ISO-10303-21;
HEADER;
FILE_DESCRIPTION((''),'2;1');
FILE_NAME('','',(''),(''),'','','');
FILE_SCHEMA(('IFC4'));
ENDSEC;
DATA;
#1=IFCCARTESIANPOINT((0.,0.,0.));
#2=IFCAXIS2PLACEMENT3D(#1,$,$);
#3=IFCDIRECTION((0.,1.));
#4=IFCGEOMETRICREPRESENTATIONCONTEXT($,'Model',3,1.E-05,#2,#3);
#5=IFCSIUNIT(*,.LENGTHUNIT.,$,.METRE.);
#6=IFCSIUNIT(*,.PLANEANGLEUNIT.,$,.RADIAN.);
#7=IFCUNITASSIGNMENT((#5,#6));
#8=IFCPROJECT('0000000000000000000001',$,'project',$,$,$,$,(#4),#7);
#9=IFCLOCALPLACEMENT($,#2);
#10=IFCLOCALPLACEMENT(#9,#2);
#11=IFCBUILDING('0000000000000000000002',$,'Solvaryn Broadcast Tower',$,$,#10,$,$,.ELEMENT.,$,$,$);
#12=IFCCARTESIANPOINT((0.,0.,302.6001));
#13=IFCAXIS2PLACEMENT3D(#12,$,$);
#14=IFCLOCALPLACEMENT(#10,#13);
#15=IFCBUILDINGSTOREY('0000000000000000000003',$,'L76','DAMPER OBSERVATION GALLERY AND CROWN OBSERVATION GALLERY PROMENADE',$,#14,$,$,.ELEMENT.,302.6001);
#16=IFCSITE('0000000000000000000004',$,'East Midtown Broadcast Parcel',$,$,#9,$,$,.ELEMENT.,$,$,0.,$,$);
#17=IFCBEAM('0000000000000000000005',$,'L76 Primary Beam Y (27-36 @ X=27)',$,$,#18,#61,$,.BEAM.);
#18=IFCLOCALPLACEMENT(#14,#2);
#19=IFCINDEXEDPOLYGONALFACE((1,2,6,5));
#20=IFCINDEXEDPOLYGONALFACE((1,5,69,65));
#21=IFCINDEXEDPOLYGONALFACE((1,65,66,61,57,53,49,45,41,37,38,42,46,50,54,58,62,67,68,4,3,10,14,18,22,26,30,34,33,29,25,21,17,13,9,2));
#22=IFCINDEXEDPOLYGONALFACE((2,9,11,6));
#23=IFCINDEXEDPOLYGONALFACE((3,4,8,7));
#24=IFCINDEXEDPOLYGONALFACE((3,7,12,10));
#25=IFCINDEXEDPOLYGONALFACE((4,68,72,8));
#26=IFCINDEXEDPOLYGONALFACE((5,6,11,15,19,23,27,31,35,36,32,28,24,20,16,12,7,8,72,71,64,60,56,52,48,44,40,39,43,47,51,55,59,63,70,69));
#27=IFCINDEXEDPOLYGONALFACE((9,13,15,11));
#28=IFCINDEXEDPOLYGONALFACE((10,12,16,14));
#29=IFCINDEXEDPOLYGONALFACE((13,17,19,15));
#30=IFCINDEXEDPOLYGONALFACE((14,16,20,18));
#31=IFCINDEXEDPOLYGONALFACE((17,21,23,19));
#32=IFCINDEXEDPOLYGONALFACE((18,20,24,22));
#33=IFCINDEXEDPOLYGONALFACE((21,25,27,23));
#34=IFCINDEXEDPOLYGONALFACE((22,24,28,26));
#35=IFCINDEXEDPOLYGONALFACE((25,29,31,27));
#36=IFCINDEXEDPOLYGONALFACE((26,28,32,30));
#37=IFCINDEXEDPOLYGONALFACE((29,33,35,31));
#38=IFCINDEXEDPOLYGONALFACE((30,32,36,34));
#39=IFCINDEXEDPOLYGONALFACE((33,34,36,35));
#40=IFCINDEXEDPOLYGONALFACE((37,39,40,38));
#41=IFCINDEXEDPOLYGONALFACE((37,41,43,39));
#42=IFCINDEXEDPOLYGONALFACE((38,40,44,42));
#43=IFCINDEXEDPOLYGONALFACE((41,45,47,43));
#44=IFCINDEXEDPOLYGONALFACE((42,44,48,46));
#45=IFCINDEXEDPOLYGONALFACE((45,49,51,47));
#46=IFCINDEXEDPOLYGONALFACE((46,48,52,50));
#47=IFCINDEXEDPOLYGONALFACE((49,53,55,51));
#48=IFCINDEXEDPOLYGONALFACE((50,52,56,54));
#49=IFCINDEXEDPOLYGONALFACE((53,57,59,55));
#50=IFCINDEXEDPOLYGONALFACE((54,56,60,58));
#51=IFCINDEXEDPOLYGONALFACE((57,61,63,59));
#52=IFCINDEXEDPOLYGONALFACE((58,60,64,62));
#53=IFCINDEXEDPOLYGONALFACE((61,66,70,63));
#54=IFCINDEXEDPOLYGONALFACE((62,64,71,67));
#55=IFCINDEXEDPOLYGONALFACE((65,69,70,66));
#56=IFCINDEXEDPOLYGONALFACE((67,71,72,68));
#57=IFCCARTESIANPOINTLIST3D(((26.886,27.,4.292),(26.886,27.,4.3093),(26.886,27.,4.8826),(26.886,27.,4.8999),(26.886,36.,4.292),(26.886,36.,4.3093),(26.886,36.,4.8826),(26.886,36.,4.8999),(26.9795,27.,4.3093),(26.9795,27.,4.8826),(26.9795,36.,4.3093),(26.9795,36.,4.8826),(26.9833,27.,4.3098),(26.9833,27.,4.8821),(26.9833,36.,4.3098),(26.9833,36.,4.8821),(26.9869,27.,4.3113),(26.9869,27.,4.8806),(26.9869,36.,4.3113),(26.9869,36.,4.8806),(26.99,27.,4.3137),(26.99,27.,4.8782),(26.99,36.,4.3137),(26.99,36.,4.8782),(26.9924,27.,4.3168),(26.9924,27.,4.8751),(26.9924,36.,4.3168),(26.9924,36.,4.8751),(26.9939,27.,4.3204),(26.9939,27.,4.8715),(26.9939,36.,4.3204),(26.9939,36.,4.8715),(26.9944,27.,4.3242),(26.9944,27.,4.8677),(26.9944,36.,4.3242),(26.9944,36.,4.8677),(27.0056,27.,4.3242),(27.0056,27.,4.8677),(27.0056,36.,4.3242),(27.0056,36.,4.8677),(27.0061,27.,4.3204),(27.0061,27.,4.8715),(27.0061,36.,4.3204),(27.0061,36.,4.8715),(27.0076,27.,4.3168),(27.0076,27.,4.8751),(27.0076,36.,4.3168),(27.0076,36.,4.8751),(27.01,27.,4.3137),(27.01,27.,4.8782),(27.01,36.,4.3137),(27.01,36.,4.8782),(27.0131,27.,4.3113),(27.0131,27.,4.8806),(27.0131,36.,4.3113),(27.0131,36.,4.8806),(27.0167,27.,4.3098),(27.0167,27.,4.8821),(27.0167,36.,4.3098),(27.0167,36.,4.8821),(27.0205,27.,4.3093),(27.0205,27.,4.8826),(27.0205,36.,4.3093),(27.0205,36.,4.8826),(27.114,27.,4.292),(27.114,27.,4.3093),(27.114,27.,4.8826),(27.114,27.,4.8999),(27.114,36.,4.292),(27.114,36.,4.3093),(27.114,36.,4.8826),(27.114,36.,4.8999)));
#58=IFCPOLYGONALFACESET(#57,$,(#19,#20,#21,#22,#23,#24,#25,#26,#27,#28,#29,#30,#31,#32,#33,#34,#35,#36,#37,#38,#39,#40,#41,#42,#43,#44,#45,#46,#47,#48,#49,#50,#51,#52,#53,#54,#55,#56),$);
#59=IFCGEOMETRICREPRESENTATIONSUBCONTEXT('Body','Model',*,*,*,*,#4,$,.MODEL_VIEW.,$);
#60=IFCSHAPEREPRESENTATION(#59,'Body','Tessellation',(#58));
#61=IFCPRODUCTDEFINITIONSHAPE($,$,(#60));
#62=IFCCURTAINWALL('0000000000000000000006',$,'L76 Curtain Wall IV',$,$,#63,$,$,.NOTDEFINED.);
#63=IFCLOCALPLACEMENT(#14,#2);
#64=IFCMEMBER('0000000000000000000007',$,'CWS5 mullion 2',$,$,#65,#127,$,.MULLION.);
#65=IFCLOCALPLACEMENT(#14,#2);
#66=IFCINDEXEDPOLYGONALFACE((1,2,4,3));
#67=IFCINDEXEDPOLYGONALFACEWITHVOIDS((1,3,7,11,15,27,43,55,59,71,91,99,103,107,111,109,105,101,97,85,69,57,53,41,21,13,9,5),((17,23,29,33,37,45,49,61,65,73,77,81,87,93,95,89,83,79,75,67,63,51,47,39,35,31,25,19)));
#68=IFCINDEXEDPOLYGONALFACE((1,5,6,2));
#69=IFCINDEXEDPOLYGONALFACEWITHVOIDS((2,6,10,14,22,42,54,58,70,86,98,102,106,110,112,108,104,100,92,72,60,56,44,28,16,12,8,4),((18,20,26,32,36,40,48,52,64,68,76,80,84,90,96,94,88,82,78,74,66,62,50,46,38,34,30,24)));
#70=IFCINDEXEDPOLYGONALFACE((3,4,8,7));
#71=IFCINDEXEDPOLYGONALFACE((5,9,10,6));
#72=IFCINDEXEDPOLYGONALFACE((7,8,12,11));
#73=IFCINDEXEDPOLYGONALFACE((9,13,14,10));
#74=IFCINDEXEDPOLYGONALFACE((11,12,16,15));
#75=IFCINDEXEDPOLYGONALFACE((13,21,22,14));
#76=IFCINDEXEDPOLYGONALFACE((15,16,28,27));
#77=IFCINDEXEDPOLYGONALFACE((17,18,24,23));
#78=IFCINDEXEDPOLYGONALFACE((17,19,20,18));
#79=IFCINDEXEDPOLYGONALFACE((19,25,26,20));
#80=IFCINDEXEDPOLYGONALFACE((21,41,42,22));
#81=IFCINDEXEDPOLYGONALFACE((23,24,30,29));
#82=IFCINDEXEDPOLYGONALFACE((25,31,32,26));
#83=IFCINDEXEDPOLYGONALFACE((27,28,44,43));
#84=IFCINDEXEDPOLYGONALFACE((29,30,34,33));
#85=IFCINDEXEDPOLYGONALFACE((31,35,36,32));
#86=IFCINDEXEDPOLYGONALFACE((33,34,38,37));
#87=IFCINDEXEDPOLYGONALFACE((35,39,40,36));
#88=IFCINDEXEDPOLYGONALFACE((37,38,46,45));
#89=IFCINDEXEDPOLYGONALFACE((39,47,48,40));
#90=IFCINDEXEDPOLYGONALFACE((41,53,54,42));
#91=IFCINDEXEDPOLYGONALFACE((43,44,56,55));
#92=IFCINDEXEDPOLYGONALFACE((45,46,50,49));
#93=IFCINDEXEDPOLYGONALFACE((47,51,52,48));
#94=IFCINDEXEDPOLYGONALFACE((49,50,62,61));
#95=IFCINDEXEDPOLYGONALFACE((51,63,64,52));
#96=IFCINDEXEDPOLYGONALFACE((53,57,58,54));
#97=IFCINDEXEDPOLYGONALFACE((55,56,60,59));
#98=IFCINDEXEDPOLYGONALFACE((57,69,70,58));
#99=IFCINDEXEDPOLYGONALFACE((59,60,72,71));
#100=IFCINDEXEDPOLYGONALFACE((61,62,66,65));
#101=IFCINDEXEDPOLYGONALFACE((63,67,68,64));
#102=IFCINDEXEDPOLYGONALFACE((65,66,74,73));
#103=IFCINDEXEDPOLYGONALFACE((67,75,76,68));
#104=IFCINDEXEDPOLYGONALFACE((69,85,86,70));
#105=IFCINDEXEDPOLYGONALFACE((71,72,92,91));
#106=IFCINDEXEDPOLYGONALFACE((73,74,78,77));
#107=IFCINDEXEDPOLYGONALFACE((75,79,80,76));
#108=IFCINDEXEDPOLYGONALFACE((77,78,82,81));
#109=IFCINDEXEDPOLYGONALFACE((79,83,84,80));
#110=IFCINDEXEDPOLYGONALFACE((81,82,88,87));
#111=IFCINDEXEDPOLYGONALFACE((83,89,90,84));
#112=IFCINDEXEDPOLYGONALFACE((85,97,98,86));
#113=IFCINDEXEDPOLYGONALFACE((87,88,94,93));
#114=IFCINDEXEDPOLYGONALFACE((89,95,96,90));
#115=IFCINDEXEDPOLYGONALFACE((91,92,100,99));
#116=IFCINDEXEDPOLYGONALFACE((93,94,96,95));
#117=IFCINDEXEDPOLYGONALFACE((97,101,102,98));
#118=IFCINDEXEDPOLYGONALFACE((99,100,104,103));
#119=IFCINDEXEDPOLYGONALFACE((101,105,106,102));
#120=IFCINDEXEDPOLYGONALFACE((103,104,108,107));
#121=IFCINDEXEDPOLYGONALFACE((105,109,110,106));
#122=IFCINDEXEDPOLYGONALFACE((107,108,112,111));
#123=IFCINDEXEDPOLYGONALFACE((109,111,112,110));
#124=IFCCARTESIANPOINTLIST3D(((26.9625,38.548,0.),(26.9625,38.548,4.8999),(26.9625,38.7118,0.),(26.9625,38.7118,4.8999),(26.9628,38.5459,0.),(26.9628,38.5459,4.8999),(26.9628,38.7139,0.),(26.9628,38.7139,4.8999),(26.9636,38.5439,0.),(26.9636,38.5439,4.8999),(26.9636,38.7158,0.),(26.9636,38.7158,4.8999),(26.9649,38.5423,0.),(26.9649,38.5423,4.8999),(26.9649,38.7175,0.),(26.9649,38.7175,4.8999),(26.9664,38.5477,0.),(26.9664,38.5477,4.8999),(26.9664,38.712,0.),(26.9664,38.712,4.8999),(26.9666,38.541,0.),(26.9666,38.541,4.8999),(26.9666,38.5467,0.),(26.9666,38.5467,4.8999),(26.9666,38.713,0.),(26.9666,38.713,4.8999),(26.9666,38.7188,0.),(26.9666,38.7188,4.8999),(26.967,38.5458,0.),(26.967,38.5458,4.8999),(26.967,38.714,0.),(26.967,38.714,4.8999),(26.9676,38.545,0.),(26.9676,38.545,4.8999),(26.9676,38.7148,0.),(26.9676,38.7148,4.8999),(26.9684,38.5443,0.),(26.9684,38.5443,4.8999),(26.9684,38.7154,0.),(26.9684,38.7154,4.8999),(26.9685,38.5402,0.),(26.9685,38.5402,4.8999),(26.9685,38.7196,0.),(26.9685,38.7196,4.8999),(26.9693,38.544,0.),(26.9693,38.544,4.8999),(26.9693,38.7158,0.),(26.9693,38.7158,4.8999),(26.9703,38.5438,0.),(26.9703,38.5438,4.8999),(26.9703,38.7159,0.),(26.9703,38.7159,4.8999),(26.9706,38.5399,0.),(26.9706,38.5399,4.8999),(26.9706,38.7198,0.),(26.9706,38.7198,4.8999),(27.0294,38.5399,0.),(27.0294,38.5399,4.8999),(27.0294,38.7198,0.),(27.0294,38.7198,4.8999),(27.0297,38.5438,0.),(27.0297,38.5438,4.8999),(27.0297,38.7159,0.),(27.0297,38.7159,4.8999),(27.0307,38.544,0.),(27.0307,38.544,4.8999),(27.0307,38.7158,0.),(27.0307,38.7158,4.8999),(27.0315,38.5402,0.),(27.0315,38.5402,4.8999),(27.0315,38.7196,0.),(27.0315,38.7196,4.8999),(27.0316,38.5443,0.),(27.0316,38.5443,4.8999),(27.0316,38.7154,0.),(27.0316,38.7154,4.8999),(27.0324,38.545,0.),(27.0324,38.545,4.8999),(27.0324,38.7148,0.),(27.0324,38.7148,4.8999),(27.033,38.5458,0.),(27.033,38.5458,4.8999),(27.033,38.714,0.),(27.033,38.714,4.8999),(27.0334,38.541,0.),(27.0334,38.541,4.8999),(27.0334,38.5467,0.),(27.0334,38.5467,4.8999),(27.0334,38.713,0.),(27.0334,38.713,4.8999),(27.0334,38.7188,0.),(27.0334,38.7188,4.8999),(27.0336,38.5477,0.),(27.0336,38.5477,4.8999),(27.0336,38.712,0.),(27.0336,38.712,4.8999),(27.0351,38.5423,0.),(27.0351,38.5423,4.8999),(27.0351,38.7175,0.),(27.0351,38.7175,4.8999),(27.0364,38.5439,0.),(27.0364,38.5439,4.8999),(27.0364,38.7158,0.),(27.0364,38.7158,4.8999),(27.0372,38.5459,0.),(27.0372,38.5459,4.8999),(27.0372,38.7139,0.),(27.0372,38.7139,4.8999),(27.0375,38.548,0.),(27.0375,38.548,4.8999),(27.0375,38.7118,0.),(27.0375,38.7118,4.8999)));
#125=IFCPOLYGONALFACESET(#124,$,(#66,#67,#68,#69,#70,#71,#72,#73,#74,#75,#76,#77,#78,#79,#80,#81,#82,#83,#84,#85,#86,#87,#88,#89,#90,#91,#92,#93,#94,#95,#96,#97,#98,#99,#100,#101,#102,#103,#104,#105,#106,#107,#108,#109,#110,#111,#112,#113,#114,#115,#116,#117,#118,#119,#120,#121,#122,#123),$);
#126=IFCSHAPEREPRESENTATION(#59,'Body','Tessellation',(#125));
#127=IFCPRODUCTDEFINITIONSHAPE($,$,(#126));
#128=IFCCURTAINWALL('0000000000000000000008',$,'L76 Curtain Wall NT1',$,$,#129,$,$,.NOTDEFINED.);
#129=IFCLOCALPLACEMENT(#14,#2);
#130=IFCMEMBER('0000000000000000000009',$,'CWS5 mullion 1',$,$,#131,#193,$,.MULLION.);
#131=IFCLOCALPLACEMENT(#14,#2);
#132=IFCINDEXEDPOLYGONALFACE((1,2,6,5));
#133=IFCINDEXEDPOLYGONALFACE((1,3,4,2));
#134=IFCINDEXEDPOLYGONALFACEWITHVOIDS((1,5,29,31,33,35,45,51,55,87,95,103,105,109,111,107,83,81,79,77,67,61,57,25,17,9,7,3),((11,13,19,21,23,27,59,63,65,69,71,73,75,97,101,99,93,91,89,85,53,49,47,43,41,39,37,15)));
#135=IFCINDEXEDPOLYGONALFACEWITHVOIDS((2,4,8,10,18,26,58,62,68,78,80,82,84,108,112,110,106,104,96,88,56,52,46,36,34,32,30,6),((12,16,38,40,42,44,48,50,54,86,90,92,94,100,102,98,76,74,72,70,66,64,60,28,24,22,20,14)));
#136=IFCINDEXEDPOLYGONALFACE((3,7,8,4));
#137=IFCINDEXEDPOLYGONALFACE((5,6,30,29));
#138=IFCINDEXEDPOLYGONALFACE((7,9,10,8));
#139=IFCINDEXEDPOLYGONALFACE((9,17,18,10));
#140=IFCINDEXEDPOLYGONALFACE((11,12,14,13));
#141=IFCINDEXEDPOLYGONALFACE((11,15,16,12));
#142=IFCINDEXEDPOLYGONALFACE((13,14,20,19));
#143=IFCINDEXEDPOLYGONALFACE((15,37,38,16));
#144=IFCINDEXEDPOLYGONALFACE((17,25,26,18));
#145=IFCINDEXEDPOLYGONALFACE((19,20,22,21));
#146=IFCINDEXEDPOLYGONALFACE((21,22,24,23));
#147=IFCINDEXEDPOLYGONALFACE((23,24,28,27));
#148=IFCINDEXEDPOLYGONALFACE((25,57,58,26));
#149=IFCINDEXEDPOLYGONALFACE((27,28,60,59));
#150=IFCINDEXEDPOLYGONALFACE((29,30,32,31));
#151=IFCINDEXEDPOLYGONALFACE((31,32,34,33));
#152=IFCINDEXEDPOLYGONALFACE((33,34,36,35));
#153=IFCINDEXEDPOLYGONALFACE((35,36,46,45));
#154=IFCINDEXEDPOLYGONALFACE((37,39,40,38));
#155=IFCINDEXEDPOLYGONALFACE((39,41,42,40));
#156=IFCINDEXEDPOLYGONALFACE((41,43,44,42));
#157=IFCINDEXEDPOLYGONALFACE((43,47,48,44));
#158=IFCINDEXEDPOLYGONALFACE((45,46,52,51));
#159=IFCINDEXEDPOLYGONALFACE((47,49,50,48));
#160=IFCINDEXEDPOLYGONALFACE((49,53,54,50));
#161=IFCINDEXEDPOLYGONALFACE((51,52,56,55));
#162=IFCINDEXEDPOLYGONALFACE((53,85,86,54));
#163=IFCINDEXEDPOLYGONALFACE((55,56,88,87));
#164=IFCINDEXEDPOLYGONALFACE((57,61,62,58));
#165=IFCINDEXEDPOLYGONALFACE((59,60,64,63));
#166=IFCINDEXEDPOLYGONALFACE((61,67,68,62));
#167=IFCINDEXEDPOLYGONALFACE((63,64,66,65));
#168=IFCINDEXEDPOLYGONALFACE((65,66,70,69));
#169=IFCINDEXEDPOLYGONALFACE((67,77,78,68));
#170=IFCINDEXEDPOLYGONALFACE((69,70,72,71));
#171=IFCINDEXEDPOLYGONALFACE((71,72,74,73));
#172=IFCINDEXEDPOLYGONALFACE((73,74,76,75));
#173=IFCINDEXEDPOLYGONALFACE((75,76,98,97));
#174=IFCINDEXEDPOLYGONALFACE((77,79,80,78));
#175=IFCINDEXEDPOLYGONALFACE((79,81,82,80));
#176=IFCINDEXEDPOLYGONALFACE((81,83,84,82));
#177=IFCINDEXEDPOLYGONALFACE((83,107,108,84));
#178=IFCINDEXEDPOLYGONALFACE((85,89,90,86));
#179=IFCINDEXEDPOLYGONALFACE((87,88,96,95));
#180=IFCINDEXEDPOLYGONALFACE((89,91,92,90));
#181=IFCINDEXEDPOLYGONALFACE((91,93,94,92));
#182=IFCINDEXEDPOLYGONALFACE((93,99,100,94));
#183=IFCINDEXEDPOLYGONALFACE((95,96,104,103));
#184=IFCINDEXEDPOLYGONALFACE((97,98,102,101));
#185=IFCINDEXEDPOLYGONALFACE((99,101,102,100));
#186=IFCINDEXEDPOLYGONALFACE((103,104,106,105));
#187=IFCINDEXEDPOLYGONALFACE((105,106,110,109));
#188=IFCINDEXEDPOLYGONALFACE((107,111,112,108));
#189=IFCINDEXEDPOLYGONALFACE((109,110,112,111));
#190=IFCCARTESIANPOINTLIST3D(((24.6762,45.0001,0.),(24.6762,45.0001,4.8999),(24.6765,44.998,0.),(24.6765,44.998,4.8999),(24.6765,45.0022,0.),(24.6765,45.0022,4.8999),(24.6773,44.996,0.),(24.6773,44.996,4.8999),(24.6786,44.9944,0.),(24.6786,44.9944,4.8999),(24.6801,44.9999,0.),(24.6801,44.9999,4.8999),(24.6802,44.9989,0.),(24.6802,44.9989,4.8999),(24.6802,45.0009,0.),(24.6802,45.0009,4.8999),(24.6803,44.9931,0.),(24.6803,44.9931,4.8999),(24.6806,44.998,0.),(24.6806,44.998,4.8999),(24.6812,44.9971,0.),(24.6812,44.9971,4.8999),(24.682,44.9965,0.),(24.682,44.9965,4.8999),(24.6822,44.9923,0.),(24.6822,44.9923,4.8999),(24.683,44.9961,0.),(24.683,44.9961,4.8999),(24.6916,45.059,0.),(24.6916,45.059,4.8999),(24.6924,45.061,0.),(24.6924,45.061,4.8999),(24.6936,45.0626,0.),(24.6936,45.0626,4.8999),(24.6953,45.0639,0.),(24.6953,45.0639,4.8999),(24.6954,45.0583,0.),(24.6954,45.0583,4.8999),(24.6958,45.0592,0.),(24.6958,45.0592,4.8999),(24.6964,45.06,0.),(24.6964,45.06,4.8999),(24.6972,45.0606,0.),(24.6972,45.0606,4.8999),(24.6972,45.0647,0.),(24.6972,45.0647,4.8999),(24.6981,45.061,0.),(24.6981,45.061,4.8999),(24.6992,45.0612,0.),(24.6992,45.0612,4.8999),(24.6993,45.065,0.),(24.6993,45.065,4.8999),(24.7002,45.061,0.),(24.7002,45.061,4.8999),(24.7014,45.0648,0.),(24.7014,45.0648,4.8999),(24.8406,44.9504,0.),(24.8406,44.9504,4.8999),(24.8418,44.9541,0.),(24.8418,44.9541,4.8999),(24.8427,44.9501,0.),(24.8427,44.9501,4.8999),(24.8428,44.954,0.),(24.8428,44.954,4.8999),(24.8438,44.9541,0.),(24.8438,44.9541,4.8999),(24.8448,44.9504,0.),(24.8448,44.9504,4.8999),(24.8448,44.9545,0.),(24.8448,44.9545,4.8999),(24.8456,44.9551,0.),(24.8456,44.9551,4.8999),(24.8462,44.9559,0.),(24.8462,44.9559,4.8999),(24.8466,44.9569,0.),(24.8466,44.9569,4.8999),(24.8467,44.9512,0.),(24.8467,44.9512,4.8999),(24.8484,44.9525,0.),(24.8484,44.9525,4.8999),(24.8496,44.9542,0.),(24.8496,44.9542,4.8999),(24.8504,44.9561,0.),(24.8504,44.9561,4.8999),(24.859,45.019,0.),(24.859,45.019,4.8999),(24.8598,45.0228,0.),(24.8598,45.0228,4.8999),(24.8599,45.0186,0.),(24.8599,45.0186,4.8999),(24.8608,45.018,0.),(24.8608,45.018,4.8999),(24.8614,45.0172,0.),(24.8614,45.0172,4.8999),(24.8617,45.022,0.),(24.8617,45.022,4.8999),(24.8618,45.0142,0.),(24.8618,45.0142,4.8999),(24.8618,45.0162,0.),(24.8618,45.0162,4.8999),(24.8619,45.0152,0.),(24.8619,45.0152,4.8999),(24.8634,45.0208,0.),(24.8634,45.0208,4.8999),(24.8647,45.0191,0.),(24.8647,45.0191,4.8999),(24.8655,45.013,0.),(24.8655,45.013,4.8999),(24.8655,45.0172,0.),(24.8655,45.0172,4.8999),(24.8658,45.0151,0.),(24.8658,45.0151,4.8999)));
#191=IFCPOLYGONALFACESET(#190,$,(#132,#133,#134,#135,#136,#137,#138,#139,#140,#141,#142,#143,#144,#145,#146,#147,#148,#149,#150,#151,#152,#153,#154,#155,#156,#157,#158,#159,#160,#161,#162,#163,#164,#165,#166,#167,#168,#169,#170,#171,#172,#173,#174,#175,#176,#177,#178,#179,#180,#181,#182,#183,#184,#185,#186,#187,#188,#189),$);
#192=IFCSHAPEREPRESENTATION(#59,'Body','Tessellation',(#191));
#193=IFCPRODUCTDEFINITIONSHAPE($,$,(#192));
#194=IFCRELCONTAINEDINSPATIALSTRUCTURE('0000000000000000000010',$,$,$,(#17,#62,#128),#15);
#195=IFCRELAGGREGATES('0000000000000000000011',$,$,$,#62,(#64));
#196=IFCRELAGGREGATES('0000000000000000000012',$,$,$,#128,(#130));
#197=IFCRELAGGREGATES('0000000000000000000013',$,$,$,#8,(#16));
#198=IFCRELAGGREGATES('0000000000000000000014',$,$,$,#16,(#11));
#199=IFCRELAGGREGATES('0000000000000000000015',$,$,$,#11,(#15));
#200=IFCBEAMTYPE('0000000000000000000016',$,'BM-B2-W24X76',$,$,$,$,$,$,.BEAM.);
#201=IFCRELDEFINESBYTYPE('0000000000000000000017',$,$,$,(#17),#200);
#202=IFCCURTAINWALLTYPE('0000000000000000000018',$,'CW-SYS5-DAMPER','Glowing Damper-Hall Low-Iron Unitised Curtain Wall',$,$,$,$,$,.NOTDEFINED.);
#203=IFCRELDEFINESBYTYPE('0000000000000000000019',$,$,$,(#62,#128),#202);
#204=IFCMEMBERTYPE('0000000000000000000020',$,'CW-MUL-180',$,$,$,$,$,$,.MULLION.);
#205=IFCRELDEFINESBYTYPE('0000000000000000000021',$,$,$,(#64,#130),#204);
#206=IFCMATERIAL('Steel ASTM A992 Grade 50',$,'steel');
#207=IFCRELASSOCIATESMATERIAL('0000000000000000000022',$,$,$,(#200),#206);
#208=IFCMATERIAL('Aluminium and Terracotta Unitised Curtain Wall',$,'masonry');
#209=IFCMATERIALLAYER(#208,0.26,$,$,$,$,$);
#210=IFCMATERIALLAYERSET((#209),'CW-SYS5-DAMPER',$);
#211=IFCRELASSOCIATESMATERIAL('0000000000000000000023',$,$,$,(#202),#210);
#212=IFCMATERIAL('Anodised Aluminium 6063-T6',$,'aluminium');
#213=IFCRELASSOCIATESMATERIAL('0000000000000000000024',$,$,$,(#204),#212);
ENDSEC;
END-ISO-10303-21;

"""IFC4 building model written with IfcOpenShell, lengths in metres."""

from ifc_helpers import new_model, si_unit, direction, frame, origin, origin_2d, place, context, subcontext, project, spatial, hollow_rectangle, i_section, extrude, material, layer, layer_set, material_profile, profile_set, type_object, element, aggregate, save


model = new_model("IFC4")

# Units and contexts
model_context = context("Model", 3, precision=1e-05, world=origin(), true_north=direction((0.0, 1.0)))
body_context = subcontext(model_context, "Body", "Model", "MODEL_VIEW")
ifc_project = project(units=[si_unit("LENGTHUNIT", "METRE"), si_unit("PLANEANGLEUNIT", "RADIAN")], contexts=[model_context])

# Site, building, storey
site_placement = place(None, origin())
site = spatial("IfcSite", under=ifc_project, at=site_placement, Name="East Midtown Broadcast Parcel", CompositionType="ELEMENT", RefElevation=0.0)
building_placement = place(site_placement, origin())
building = spatial("IfcBuilding", under=site, at=building_placement, Name="Solvaryn Broadcast Tower", CompositionType="ELEMENT")
storey_placement = place(building_placement, frame((0.0, 0.0, 302.6001)))
storey = spatial("IfcBuildingStorey", under=building, at=storey_placement, Name="L76", Description="DAMPER OBSERVATION GALLERY AND CROWN OBSERVATION GALLERY PROMENADE", CompositionType="ELEMENT", Elevation=302.6001)

# Beam
ifc_material_1 = material(Name="Steel ASTM A992 Grade 50", Category="steel")
ifc_material_profile_1 = material_profile(ifc_material_1, i_section(OverallWidth=0.228, OverallDepth=0.6079, WebThickness=0.0112, FlangeThickness=0.0173, FilletRadius=0.0149, at=origin_2d()))
ifc_profile_set_1 = profile_set([ifc_material_profile_1], Name="Steel ASTM A992 Grade 50")
beam_type_1 = type_object("IfcBeamType", Name="BM-B2-W24X76", PredefinedType="BEAM", material=ifc_profile_set_1)
beam_1_placement = place(storey_placement, frame((27.0, 27.0, 4.5959), z_axis=(0.0, 1.0, 0.0), x_axis=(-1.0, 0.0, 0.0)))
element("IfcBeam", 1, at=beam_1_placement, inside=storey, type_object=beam_type_1, Name="L76 Primary Beam Y (27-36 @ X=27)", PredefinedType="BEAM", context=body_context, shape_type="SweptSolid", body=[
    extrude(i_section(OverallWidth=0.228, OverallDepth=0.6079, WebThickness=0.0112, FlangeThickness=0.0173, FilletRadius=0.0149, at=origin_2d()), origin(), (0.0, 0.0, 1.0), 9.0),
])

# Curtain walls, members
ifc_material_2 = material(Name="Aluminium and Terracotta Unitised Curtain Wall", Category="masonry")
ifc_layer_1 = layer(ifc_material_2, 0.26)
ifc_layer_set_1 = layer_set([ifc_layer_1], Name="CW-SYS5-DAMPER")
curtain_wall_type = type_object("IfcCurtainWallType", Name="CW-SYS5-DAMPER", Description="Glowing Damper-Hall Low-Iron Unitised Curtain Wall", PredefinedType="NOTDEFINED", material=ifc_layer_set_1)
curtain_wall_1_placement = place(storey_placement, origin())
curtain_wall_1 = element("IfcCurtainWall", 2, at=curtain_wall_1_placement, inside=storey, type_object=curtain_wall_type, Name="L76 Curtain Wall IV", PredefinedType="NOTDEFINED")
ifc_material_3 = material(Name="Anodised Aluminium 6063-T6", Category="aluminium")
ifc_material_profile_2 = material_profile(ifc_material_3, hollow_rectangle(XDim=0.075, YDim=0.1799, WallThickness=0.0039, InnerFilletRadius=0.0039, OuterFilletRadius=0.0081, at=origin_2d()))
ifc_profile_set_2 = profile_set([ifc_material_profile_2], Name="Anodised Aluminium 6063-T6")
member_type_1 = type_object("IfcMemberType", Name="CW-MUL-180", PredefinedType="MULLION", material=ifc_profile_set_2)
member_1_placement = place(storey_placement, frame((27.0, 38.6299, 0.0), z_axis=(0.0, 0.0, 1.0), x_axis=(1.0, 0.0, 0.0)))
member_1 = element("IfcMember", 3, at=member_1_placement, type_object=member_type_1, Name="CWS5 mullion 2", PredefinedType="MULLION", context=body_context, shape_type="SweptSolid", body=[
    extrude(hollow_rectangle(XDim=0.075, YDim=0.1799, WallThickness=0.0039, InnerFilletRadius=0.0039, OuterFilletRadius=0.0081, at=origin_2d()), origin(), (0.0, 0.0, 1.0), 4.8999),
])
curtain_wall_2_placement = place(storey_placement, origin())
curtain_wall_2 = element("IfcCurtainWall", 4, at=curtain_wall_2_placement, inside=storey, type_object=curtain_wall_type, Name="L76 Curtain Wall NT1", PredefinedType="NOTDEFINED")
member_2_placement = place(storey_placement, frame((24.771, 45.0076, 0.0), z_axis=(0.0, 0.0, 1.0), x_axis=(-0.255893, -0.966705, 0.0)))
member_2 = element("IfcMember", 5, at=member_2_placement, type_object=member_type_1, Name="CWS5 mullion 1", PredefinedType="MULLION", context=body_context, shape_type="SweptSolid", body=[
    extrude(hollow_rectangle(XDim=0.075, YDim=0.1799, WallThickness=0.0039, InnerFilletRadius=0.0039, OuterFilletRadius=0.0081, at=origin_2d()), origin(), (0.0, 0.0, 1.0), 4.8999),
])

aggregate(curtain_wall_1, [member_1])
aggregate(curtain_wall_2, [member_2])

save(model, "model.ifc")
